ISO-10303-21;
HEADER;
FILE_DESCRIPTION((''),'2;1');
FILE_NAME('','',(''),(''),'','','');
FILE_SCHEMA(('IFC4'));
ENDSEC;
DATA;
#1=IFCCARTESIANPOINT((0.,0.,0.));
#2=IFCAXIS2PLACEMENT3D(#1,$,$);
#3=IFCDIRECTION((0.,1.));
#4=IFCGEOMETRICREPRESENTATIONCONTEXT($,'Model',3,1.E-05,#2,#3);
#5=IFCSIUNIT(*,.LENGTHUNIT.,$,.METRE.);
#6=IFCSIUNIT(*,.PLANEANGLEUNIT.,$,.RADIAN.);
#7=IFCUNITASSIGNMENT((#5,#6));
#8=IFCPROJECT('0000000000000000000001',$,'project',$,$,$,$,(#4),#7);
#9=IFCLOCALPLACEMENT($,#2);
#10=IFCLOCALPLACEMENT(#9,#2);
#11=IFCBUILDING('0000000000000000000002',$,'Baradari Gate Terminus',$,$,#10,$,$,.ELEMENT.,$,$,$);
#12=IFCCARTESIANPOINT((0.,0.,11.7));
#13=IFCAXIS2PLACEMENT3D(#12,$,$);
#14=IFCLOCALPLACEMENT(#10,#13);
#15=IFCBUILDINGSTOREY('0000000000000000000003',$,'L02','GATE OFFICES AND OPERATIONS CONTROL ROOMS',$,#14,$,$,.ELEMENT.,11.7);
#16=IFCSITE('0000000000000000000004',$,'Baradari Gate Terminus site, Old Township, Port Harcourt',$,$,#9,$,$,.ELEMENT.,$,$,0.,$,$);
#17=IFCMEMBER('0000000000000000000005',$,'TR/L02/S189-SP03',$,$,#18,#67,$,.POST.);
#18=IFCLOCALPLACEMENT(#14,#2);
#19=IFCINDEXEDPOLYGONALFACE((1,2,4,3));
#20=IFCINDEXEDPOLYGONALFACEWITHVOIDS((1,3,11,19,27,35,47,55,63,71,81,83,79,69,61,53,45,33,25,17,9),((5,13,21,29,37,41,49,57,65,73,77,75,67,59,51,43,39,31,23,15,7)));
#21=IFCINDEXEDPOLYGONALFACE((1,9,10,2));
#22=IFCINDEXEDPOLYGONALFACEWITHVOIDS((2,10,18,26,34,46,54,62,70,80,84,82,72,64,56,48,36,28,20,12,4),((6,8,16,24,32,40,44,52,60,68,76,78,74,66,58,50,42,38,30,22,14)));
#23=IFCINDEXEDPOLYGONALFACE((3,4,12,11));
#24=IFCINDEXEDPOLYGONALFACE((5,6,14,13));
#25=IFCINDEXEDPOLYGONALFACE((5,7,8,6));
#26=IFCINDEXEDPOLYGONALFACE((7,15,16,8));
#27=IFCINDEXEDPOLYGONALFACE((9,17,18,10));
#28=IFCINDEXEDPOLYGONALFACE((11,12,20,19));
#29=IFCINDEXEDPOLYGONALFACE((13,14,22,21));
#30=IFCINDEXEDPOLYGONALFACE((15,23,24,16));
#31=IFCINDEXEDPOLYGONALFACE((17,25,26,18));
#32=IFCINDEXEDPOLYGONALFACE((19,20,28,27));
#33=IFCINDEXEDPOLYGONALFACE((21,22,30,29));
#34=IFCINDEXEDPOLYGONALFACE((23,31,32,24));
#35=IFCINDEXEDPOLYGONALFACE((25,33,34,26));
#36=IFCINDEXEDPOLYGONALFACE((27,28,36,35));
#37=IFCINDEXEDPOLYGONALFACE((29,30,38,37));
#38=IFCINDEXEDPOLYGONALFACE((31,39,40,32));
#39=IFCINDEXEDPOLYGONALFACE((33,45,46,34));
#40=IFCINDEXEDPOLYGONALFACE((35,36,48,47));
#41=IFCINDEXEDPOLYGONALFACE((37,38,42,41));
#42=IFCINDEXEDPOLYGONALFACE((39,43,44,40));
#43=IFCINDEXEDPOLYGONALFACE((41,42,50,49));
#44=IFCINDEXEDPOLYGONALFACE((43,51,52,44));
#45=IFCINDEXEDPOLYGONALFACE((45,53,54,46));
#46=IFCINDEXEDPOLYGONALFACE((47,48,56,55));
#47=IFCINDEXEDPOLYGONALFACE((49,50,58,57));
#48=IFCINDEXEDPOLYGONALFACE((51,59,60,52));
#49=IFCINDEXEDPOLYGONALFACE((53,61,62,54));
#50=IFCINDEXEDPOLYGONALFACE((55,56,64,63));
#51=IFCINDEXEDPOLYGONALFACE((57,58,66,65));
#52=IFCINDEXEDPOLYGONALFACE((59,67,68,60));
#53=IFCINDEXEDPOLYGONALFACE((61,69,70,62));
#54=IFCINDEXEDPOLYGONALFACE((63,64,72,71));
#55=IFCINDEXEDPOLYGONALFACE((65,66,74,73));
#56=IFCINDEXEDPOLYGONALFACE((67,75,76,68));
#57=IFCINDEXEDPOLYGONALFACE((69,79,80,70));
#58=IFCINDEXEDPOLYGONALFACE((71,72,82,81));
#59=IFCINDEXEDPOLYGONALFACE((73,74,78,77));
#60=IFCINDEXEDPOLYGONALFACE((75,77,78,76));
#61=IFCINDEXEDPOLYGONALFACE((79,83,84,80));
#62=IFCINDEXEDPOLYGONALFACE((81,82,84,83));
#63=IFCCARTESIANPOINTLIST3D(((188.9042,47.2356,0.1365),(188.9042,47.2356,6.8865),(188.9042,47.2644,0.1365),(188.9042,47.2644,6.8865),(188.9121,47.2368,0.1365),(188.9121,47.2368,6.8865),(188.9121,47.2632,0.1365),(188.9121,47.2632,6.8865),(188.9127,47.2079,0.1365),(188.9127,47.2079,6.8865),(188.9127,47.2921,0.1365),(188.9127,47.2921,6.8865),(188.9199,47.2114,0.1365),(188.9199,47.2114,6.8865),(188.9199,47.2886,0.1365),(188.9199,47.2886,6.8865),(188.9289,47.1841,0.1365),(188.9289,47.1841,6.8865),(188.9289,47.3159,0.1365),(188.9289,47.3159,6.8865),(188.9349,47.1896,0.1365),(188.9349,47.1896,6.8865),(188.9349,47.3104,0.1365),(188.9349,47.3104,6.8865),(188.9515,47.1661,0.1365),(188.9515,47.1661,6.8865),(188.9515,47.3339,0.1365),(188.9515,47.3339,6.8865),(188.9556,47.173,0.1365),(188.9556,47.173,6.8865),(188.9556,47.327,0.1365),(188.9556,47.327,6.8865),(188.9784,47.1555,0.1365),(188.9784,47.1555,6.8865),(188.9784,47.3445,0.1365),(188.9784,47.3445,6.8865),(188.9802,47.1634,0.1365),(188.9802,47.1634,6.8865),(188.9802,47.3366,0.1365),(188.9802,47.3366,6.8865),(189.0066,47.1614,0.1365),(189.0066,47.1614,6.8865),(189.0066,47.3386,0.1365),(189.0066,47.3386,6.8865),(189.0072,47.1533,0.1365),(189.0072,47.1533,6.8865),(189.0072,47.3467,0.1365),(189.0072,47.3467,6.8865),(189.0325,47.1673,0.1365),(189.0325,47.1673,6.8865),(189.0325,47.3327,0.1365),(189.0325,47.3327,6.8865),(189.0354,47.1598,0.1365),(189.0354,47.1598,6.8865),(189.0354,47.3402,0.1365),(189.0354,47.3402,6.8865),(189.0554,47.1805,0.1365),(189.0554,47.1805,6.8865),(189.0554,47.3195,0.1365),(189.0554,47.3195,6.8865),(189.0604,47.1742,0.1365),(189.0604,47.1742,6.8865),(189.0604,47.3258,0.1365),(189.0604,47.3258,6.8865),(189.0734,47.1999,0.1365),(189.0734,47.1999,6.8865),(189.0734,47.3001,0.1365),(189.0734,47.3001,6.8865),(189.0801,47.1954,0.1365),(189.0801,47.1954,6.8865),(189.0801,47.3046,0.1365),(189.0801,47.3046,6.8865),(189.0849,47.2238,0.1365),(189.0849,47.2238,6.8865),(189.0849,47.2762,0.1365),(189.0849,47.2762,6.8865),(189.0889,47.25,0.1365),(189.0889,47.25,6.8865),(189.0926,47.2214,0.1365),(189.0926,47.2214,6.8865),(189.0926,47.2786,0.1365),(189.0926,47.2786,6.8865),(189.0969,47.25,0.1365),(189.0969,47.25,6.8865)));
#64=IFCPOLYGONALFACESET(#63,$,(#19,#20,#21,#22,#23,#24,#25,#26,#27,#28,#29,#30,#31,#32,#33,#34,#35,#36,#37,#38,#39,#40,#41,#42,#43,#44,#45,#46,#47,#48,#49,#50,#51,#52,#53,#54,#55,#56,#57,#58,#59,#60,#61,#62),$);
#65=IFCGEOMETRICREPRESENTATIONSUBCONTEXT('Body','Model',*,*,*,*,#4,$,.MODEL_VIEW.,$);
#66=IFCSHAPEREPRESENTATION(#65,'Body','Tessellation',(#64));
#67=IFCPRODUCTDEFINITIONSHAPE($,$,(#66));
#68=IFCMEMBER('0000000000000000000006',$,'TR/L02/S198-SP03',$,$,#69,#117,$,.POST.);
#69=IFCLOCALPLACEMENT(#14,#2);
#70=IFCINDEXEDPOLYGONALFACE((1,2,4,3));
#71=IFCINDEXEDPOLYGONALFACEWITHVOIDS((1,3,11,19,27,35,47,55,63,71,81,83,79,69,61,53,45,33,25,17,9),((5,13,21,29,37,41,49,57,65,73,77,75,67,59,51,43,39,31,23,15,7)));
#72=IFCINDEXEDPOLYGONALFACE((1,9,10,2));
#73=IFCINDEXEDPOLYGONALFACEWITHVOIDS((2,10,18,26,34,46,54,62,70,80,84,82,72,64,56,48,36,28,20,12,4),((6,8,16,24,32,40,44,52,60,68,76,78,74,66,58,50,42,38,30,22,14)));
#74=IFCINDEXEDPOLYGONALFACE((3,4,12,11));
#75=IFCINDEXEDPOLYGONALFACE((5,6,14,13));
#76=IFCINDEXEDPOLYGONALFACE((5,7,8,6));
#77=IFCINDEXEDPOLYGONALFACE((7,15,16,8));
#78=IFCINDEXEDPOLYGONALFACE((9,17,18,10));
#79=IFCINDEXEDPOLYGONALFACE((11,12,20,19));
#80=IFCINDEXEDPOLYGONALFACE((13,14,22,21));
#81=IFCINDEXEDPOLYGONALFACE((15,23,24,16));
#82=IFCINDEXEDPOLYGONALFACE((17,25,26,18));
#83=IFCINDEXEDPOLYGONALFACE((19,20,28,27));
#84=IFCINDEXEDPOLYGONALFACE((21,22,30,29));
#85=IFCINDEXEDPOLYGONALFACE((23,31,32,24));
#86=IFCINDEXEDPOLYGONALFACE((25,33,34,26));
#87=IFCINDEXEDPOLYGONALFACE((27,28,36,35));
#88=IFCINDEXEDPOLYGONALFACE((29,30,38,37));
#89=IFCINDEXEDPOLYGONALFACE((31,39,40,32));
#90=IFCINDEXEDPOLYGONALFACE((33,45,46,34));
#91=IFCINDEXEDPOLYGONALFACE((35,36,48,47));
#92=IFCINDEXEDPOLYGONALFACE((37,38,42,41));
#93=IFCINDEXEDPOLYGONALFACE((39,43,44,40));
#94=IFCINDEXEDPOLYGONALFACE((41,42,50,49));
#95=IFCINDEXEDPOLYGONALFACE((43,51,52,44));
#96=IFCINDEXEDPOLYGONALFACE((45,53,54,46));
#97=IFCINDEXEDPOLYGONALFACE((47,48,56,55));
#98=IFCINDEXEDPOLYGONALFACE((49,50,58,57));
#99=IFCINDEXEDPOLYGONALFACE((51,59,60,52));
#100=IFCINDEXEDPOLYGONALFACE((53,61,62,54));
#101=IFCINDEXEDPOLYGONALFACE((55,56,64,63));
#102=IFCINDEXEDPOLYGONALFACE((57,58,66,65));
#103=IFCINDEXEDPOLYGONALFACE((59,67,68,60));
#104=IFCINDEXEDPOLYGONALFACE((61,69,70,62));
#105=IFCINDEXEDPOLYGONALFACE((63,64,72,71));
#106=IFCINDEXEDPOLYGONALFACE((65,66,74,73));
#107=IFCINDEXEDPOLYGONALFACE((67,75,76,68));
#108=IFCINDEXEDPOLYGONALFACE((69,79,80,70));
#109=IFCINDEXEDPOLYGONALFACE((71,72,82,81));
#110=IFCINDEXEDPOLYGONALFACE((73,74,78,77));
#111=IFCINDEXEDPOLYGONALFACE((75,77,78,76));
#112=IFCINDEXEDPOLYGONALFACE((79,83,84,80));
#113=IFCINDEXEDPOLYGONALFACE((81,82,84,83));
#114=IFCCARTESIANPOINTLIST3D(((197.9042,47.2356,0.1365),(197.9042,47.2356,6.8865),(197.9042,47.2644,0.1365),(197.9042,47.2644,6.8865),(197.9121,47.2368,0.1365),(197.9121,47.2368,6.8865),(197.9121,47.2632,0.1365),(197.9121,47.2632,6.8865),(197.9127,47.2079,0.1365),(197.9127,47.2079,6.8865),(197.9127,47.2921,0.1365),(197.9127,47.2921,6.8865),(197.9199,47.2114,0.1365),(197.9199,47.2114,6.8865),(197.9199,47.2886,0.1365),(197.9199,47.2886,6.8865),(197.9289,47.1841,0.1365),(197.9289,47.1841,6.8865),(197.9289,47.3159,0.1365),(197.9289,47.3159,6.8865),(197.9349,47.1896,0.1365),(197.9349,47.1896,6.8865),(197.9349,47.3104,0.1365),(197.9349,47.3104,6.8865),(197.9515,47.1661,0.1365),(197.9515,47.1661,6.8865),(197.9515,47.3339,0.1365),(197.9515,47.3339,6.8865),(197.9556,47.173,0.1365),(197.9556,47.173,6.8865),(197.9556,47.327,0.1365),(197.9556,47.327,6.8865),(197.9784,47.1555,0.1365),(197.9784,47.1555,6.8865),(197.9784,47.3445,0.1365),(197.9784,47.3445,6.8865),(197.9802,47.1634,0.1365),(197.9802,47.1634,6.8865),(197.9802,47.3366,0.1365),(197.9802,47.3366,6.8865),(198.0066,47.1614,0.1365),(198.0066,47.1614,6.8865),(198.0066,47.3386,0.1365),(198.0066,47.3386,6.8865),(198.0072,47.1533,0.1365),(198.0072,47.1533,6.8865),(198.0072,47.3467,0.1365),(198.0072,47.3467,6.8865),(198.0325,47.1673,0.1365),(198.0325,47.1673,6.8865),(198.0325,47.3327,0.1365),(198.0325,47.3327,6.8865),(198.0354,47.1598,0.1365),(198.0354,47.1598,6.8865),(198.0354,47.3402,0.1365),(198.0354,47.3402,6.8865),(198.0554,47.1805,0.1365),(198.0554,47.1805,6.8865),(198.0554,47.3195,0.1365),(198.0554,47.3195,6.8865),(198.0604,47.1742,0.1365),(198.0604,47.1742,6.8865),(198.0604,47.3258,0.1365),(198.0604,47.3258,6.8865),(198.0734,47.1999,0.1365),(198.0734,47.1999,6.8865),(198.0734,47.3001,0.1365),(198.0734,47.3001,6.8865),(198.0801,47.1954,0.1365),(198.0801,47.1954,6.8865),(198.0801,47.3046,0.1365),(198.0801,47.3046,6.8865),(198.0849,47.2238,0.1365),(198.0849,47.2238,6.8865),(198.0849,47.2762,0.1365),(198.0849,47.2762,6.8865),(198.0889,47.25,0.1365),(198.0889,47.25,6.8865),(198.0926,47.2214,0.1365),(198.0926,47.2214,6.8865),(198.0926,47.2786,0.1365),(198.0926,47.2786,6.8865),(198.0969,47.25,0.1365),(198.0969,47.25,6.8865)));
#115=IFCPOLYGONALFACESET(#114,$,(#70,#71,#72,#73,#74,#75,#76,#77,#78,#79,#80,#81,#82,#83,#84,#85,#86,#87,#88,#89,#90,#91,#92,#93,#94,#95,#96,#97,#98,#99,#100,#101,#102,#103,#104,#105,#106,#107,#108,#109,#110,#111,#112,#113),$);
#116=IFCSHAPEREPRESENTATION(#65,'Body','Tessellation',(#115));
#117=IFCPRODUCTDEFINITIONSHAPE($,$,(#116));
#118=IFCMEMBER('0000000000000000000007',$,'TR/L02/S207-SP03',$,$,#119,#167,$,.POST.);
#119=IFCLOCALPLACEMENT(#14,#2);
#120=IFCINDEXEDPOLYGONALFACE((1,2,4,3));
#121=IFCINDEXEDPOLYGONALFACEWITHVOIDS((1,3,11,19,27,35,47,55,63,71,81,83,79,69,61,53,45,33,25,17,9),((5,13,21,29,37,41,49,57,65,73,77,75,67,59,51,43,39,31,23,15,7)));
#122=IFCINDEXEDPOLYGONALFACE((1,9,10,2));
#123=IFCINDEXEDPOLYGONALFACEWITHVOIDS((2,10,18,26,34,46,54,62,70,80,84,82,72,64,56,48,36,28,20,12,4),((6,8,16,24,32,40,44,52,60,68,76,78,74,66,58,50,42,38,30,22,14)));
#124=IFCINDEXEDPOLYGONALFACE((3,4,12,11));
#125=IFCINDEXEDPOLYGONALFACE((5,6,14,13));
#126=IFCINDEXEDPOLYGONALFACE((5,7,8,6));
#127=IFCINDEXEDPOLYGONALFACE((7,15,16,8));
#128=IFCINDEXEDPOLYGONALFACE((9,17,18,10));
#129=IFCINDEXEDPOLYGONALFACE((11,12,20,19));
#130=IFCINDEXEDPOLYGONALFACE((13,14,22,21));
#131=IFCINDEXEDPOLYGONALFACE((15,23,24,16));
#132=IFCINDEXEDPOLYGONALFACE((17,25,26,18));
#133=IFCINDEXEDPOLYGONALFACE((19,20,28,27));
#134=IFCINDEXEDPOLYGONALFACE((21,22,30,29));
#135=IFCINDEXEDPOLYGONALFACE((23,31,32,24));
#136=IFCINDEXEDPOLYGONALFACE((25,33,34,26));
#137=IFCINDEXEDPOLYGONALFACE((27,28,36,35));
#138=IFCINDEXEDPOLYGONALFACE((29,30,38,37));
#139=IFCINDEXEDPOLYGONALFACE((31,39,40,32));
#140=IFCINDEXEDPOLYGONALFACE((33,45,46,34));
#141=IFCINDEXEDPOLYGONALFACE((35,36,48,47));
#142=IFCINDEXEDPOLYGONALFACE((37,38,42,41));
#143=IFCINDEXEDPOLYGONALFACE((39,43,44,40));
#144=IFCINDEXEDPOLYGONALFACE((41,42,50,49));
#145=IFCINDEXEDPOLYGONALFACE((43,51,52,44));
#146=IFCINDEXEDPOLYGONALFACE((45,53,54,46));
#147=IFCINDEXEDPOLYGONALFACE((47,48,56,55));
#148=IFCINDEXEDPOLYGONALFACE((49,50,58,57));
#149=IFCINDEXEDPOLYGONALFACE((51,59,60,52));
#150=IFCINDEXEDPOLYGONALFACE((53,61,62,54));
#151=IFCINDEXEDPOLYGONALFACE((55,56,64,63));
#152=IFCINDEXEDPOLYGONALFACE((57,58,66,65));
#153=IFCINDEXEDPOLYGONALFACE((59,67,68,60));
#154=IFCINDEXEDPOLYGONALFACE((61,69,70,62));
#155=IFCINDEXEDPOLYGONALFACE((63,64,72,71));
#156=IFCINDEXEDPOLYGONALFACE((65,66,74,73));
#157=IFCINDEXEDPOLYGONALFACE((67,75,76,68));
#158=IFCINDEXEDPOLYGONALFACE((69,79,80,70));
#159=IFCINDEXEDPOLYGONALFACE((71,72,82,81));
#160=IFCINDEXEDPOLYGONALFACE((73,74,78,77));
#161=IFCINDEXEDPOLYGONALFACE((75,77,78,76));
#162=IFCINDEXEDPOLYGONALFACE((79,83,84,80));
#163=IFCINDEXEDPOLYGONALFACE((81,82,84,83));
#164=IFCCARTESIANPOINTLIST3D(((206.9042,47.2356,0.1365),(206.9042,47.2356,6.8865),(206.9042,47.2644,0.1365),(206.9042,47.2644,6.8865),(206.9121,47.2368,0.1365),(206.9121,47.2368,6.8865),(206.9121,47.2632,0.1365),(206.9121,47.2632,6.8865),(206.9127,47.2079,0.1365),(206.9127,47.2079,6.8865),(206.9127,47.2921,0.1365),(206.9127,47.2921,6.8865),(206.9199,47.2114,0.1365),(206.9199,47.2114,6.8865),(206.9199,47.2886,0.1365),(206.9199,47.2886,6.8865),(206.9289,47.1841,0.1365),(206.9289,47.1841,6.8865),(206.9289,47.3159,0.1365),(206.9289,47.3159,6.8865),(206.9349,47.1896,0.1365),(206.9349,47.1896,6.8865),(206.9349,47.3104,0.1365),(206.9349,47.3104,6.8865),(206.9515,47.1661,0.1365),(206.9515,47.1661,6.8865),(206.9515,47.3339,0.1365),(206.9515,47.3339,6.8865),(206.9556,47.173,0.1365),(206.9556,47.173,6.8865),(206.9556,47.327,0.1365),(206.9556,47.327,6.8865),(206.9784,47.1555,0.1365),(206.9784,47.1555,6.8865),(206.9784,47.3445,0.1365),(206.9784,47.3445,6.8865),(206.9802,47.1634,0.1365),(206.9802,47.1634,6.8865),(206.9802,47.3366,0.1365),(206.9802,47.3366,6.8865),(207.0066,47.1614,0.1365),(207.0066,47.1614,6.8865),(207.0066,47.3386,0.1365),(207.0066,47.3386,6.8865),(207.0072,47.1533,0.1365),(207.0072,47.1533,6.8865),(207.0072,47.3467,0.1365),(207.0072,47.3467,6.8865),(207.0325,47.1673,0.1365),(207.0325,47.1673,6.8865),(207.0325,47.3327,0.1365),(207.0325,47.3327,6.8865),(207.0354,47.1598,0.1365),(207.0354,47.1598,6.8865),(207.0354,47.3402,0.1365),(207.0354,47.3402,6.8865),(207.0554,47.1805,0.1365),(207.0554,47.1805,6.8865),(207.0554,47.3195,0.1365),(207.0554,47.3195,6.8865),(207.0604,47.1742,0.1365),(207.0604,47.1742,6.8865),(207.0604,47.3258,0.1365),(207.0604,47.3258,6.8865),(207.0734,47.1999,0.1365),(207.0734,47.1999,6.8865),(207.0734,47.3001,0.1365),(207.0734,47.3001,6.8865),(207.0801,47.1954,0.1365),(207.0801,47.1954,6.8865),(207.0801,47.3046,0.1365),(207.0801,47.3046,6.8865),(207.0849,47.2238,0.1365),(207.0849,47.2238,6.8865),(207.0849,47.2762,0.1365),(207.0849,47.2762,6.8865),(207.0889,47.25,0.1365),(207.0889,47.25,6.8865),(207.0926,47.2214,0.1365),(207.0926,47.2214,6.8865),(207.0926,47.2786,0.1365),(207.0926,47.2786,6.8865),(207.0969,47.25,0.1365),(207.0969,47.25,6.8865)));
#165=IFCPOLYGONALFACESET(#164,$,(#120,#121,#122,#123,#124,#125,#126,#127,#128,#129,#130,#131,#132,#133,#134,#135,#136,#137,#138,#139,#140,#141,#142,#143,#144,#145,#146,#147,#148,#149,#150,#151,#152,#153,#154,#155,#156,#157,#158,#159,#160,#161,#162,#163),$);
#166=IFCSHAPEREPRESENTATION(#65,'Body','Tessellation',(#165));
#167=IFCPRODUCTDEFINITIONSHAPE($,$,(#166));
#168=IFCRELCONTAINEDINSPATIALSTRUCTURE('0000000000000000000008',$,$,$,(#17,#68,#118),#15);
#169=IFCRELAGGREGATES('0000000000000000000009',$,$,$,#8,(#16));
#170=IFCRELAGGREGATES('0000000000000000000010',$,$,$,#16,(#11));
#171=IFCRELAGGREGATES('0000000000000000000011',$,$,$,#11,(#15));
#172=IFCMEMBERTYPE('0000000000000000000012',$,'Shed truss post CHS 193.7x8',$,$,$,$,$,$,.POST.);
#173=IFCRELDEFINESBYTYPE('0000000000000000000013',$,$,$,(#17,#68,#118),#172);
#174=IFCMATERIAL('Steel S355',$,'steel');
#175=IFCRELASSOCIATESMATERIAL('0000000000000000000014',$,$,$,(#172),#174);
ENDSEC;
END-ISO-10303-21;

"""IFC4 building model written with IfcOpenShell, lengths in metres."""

from ifc_helpers import new_model, si_unit, direction, frame, origin, origin_2d, place, context, subcontext, project, spatial, hollow_circle, extrude, material, material_profile, profile_set, type_object, element, save


model = new_model("IFC4")

# Units and contexts
model_context = context("Model", 3, precision=1e-05, world=origin(), true_north=direction((0.0, 1.0)))
body_context = subcontext(model_context, "Body", "Model", "MODEL_VIEW")
ifc_project = project(units=[si_unit("LENGTHUNIT", "METRE"), si_unit("PLANEANGLEUNIT", "RADIAN")], contexts=[model_context])

# Site, building, storey
site_placement = place(None, origin())
site = spatial("IfcSite", under=ifc_project, at=site_placement, Name="Baradari Gate Terminus site, Old Township, Port Harcourt", CompositionType="ELEMENT", RefElevation=0.0)
building_placement = place(site_placement, origin())
building = spatial("IfcBuilding", under=site, at=building_placement, Name="Baradari Gate Terminus", CompositionType="ELEMENT")
storey_placement = place(building_placement, frame((0.0, 0.0, 11.7)))
storey = spatial("IfcBuildingStorey", under=building, at=storey_placement, Name="L02", Description="GATE OFFICES AND OPERATIONS CONTROL ROOMS", CompositionType="ELEMENT", Elevation=11.7)

# Members
ifc_material_1 = material(Name="Steel S355", Category="steel")
ifc_material_profile_1 = material_profile(ifc_material_1, hollow_circle(Radius=0.0969, WallThickness=0.0081, at=origin_2d()), Name="CHS 193.7x8")
ifc_profile_set_1 = profile_set([ifc_material_profile_1], Name="Steel S355")
member_type_1 = type_object("IfcMemberType", Name="Shed truss post CHS 193.7x8", PredefinedType="POST", material=ifc_profile_set_1)
for number, where, z_axis, x_axis, name in (
    (1, (189.0, 47.25, 0.1365), (0.0, 0.0, 1.0), (1.0, 0.0, 0.0), "TR/L02/S189-SP03"),
    (2, (198.0, 47.25, 0.1365), (0.0, 0.0, 1.0), (1.0, 0.0, 0.0), "TR/L02/S198-SP03"),
    (3, (207.0, 47.25, 0.1365), (0.0, 0.0, 1.0), (1.0, 0.0, 0.0), "TR/L02/S207-SP03"),
):
    element("IfcMember", number, at=place(storey_placement, frame(where, z_axis=z_axis, x_axis=x_axis)), inside=storey, type_object=member_type_1, Name=name, PredefinedType="POST", context=body_context, shape_type="SweptSolid", body=[
        extrude(hollow_circle(Radius=0.0969, WallThickness=0.0081, at=origin_2d()), origin(), (0.0, 0.0, 1.0), 6.75),
    ])

save(model, "model.ifc")
